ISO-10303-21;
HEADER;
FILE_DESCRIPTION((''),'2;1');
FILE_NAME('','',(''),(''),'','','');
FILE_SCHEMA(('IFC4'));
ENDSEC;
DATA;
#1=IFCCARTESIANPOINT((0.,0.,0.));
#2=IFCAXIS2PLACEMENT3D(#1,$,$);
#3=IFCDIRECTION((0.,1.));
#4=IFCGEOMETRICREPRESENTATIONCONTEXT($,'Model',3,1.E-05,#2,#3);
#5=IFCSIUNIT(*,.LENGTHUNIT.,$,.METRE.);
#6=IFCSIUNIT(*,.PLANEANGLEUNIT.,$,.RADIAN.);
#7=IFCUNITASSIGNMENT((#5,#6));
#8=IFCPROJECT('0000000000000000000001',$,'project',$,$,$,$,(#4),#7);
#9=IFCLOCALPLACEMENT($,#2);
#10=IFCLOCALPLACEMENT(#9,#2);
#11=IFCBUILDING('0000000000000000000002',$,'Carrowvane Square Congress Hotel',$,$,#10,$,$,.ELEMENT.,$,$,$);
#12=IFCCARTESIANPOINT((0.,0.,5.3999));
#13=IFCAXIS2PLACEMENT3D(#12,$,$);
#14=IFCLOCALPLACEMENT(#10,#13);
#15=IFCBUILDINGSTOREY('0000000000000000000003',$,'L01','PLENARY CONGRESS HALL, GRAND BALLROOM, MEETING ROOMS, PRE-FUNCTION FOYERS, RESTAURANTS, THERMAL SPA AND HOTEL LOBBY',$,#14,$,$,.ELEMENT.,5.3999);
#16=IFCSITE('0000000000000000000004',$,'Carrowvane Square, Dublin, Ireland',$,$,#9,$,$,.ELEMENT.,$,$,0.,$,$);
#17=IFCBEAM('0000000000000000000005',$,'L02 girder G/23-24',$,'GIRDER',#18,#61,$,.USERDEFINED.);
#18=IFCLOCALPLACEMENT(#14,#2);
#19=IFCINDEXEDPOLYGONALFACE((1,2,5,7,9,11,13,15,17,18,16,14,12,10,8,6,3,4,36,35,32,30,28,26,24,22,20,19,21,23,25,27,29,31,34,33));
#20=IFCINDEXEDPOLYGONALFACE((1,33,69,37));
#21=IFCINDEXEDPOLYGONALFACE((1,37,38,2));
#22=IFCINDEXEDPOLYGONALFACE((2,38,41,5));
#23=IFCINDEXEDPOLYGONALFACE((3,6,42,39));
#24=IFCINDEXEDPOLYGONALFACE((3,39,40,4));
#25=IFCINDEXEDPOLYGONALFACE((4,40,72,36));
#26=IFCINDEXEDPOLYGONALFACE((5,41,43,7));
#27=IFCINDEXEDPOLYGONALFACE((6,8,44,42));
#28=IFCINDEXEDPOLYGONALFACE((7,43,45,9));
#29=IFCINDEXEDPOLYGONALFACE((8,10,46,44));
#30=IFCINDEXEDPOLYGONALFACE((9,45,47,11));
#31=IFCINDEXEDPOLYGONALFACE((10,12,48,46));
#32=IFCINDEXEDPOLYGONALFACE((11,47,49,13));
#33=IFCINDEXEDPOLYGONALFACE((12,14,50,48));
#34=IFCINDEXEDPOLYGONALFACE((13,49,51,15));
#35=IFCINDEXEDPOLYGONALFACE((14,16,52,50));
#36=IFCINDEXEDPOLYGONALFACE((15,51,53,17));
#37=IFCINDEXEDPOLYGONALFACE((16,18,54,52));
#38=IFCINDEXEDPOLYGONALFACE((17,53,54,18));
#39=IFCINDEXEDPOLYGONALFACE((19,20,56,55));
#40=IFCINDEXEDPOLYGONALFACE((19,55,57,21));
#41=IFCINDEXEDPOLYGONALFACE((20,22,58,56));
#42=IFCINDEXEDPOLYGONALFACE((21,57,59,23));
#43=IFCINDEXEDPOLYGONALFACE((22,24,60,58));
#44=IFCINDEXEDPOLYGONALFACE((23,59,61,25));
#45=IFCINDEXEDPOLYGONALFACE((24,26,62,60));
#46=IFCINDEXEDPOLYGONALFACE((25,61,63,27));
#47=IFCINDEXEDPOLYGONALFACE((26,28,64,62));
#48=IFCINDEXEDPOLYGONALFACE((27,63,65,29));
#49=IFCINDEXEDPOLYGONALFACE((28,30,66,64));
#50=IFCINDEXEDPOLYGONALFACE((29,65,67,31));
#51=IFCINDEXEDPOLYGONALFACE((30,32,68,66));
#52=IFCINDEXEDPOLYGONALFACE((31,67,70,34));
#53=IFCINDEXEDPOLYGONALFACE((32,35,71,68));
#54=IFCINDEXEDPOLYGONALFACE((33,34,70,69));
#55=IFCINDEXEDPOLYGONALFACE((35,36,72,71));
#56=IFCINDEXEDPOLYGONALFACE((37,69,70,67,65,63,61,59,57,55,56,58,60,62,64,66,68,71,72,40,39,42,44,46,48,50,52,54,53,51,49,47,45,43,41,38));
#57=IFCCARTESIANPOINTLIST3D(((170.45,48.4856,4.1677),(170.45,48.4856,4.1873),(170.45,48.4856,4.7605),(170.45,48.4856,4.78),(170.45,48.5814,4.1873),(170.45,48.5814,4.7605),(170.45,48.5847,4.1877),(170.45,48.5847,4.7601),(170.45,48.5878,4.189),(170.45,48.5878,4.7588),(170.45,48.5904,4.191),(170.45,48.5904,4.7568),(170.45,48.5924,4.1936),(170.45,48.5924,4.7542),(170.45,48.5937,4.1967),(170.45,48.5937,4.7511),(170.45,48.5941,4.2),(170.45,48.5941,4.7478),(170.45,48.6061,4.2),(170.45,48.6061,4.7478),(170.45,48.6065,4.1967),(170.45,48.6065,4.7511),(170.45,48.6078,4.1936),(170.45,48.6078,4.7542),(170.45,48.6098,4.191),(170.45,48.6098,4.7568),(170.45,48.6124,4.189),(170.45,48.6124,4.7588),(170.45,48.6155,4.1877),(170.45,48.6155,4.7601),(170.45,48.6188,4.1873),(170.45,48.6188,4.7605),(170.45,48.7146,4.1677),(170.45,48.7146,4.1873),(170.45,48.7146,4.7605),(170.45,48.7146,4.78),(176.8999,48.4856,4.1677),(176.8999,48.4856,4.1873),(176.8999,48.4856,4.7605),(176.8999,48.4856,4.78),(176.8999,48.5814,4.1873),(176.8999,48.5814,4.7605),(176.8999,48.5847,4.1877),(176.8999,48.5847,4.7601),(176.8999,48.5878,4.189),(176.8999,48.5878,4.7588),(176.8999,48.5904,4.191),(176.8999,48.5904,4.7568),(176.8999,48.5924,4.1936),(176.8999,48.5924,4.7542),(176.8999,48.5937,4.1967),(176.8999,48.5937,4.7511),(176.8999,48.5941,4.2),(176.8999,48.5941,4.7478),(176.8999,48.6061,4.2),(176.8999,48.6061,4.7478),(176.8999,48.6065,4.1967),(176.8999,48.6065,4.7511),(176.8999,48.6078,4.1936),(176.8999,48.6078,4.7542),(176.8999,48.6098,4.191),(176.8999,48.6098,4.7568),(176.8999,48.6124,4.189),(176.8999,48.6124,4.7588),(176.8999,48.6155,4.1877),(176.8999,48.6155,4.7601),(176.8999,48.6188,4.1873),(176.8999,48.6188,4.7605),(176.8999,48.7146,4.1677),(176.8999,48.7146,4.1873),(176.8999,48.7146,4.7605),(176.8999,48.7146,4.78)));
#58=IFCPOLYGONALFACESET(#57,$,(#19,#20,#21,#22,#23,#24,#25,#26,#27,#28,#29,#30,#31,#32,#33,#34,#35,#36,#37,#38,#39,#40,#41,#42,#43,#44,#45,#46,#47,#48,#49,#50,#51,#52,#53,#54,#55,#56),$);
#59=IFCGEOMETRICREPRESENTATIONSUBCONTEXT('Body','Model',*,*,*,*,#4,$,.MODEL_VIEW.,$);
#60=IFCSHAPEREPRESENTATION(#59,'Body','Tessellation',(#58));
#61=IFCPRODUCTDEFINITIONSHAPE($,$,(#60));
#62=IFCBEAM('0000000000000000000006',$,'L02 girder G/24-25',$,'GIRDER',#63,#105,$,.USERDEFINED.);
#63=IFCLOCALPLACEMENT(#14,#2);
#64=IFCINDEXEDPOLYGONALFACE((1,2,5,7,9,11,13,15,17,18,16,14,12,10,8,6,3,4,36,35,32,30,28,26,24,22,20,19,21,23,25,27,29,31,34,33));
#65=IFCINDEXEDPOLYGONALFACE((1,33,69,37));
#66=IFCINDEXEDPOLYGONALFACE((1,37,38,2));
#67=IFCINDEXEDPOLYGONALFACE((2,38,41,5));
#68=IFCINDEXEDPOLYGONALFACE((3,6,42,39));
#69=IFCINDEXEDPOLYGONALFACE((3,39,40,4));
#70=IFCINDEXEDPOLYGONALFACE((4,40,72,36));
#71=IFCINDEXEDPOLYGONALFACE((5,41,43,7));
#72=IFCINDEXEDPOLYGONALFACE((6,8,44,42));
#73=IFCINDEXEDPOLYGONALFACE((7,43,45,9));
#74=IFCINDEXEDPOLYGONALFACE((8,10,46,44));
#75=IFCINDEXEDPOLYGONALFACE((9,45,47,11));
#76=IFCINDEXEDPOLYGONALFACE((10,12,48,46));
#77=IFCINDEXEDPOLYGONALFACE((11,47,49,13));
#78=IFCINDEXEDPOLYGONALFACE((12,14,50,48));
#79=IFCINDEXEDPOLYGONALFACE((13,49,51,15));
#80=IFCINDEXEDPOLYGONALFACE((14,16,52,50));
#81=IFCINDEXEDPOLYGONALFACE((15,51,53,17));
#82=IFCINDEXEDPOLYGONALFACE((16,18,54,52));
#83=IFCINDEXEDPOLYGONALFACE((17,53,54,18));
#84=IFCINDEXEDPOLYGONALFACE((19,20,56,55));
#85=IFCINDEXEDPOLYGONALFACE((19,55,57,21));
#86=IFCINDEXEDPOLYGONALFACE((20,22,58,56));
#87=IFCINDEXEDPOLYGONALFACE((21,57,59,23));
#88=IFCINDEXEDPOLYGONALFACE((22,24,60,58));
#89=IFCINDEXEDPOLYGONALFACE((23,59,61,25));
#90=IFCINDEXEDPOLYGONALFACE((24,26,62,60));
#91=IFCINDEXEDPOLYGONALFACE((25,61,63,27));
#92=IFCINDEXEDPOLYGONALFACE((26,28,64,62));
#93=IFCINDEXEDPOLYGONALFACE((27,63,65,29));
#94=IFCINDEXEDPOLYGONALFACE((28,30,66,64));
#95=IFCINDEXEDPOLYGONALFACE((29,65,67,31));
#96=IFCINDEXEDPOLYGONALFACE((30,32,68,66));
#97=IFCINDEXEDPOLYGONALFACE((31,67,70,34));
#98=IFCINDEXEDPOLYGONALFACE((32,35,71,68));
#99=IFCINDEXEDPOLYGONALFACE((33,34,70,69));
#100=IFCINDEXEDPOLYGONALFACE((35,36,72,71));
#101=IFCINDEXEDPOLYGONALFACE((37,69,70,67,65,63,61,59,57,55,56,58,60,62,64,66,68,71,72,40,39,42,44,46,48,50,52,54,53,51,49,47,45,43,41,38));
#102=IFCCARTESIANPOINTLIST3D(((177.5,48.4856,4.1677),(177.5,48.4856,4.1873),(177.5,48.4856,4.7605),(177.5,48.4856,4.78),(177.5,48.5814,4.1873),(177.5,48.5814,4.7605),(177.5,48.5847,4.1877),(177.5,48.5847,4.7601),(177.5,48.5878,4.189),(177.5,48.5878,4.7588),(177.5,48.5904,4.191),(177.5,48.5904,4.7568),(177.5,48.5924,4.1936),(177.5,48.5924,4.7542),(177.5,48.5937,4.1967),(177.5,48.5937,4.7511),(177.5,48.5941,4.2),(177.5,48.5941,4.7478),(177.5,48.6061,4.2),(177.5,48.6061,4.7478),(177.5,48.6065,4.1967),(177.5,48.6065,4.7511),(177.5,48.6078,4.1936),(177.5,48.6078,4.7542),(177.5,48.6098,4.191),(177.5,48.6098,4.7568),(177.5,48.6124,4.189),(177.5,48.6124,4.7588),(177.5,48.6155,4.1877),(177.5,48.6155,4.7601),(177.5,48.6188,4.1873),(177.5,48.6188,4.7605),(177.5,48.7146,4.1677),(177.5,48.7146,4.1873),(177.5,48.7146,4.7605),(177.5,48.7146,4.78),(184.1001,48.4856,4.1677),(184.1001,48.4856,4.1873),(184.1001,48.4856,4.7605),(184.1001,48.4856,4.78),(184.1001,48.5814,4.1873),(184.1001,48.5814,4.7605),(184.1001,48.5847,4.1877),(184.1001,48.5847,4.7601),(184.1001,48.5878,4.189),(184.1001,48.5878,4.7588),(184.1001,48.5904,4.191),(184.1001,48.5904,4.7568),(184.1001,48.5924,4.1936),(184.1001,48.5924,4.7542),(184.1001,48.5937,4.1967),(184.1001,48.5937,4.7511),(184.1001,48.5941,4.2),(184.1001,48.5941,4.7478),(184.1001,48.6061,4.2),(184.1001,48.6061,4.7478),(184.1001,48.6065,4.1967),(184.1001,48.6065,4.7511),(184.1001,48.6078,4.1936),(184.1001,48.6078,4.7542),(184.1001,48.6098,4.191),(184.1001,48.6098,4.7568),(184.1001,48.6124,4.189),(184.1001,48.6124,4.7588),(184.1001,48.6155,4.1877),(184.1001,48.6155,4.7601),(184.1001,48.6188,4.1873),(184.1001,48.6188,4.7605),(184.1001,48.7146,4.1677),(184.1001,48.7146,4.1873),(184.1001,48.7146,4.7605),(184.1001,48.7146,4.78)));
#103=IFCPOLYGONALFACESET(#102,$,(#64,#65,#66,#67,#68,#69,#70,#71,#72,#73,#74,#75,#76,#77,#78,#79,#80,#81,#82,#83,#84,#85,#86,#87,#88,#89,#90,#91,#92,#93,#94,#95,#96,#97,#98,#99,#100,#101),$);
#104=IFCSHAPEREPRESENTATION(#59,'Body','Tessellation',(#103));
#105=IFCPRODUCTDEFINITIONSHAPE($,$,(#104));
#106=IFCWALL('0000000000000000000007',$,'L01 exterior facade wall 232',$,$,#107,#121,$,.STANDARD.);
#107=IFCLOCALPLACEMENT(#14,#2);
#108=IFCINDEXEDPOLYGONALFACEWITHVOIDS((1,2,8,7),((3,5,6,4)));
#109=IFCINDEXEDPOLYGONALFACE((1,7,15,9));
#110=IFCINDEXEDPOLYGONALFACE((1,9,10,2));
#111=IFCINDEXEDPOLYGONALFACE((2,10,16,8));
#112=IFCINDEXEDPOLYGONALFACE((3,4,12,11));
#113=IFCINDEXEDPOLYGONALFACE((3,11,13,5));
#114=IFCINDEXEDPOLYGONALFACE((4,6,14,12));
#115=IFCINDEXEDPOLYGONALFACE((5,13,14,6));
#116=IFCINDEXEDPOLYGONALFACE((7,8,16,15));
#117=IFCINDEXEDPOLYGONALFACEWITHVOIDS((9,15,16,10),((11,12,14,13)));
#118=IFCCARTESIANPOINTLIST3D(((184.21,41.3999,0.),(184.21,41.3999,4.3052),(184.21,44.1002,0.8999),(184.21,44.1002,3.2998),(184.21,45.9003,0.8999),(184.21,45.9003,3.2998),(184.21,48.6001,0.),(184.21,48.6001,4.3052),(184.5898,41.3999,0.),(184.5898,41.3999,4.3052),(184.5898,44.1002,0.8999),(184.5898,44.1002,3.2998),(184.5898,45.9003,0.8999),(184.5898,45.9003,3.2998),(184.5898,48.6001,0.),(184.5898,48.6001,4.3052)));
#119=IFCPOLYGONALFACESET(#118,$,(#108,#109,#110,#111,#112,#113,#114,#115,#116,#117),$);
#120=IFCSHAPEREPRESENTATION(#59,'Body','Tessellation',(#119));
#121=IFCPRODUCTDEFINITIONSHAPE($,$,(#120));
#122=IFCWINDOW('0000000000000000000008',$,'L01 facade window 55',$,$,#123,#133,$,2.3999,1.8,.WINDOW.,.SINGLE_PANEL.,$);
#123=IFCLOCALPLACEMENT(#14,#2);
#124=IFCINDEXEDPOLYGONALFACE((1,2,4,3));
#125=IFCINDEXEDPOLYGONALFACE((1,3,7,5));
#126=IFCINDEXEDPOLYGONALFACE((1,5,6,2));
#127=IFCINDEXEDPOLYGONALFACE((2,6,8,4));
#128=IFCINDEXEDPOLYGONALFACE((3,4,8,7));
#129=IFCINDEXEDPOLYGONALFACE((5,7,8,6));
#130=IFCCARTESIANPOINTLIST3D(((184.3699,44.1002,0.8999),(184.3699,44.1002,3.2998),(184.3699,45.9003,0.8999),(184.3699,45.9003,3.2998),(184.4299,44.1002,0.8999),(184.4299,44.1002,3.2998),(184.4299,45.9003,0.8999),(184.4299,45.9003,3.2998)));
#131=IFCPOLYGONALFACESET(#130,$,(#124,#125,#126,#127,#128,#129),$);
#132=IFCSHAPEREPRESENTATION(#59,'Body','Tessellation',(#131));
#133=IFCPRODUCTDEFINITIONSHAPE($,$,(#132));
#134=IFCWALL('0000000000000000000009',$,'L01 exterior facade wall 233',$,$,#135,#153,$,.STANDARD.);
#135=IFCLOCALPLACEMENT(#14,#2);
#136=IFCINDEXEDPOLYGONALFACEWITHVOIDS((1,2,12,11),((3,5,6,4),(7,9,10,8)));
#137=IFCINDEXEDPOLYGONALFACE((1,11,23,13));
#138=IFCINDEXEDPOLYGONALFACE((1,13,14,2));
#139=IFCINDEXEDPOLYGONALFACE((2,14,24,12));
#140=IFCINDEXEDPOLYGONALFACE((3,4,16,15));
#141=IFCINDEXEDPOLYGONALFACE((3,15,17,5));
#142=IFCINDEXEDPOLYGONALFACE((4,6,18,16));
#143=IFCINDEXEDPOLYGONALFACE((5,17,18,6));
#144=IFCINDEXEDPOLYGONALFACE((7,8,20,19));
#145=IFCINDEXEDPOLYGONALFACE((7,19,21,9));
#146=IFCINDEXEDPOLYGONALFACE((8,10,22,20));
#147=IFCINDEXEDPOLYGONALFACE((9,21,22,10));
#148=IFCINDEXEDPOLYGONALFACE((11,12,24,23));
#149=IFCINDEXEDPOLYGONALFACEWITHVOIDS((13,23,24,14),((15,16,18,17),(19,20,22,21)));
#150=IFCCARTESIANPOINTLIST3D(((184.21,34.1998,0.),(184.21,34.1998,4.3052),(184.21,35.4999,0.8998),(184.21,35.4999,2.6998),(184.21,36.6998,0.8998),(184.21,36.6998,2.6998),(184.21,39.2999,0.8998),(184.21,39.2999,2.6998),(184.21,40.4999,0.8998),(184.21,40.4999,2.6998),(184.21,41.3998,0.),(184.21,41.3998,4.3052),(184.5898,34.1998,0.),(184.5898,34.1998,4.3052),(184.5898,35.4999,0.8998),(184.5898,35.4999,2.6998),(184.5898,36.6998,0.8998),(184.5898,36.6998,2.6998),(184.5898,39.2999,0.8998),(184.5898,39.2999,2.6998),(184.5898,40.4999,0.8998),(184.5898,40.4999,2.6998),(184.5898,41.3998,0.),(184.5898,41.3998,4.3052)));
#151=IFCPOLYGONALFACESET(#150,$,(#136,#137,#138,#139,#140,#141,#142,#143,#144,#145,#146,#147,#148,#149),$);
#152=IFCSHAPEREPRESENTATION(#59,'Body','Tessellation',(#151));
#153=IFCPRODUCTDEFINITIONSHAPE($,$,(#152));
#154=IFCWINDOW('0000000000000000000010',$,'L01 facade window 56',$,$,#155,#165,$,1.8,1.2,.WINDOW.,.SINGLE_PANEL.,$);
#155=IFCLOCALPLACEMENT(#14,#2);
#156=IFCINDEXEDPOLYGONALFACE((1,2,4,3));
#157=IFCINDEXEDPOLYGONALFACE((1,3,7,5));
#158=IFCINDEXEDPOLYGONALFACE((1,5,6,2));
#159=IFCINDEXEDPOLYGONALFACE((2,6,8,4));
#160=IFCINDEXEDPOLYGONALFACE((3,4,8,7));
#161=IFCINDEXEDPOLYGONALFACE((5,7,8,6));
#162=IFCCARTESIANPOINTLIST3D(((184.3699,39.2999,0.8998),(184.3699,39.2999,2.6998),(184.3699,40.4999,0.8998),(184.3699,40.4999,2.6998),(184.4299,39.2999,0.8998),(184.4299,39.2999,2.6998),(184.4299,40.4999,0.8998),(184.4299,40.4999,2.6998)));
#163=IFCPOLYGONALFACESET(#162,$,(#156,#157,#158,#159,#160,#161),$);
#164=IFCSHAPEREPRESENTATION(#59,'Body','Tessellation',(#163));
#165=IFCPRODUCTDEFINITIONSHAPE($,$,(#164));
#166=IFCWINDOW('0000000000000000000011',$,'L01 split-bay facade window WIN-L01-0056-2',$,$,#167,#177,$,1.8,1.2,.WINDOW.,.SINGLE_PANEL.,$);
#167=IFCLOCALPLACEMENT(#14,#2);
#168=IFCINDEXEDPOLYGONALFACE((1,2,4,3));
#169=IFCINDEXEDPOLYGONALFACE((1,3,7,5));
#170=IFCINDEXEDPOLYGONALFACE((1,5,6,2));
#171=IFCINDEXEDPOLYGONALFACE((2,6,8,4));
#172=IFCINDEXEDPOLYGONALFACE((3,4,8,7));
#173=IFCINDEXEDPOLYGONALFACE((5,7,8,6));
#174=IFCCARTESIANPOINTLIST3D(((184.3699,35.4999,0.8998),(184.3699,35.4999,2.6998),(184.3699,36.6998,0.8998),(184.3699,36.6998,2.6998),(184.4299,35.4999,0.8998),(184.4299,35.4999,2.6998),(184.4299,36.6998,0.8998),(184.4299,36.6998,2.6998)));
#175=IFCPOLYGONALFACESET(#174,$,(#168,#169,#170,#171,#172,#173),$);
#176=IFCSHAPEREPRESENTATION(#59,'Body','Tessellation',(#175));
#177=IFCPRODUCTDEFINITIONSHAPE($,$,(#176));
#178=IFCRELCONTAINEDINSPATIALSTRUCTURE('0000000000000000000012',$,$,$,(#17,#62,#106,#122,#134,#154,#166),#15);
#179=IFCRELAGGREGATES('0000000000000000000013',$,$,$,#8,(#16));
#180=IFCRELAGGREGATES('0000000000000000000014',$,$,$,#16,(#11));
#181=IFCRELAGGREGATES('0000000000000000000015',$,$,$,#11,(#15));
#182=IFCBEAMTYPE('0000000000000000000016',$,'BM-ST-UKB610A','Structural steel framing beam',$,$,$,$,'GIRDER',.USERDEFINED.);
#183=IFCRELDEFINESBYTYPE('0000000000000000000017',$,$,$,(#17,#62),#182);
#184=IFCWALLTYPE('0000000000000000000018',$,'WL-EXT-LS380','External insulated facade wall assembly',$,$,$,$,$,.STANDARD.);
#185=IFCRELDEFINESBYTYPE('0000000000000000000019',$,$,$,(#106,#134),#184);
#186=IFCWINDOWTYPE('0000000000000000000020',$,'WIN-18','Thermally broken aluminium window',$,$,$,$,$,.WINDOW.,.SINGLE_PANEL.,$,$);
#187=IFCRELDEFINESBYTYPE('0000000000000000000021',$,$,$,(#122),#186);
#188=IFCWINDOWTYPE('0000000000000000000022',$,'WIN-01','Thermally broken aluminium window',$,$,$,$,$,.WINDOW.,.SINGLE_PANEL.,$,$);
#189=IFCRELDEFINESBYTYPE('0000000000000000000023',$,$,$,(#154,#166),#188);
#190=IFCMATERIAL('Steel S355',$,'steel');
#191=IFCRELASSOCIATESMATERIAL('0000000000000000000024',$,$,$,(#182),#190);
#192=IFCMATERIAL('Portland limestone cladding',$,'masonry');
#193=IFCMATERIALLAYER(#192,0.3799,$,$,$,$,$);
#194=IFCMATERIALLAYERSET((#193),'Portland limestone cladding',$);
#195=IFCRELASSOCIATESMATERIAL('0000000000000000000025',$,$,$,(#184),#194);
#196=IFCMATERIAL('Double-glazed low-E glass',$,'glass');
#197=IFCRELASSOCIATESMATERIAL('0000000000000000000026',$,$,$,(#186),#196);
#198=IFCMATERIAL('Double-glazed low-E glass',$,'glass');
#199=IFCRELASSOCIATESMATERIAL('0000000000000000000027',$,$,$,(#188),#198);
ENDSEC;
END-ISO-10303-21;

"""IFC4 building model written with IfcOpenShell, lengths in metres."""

from ifc_helpers import new_model, si_unit, direction, frame, frame_2d, origin, origin_2d, place, context, subcontext, project, spatial, rectangle, i_section, extrude, material, layer, layer_set, material_profile, profile_set, type_object, element, fill, save


model = new_model("IFC4")

# Units and contexts
model_context = context("Model", 3, precision=1e-05, world=origin(), true_north=direction((0.0, 1.0)))
body_context = subcontext(model_context, "Body", "Model", "MODEL_VIEW")
ifc_project = project(units=[si_unit("LENGTHUNIT", "METRE"), si_unit("PLANEANGLEUNIT", "RADIAN")], contexts=[model_context])

# Site, building, storey
site_placement = place(None, origin())
site = spatial("IfcSite", under=ifc_project, at=site_placement, Name="Carrowvane Square, Dublin, Ireland", CompositionType="ELEMENT", RefElevation=0.0)
building_placement = place(site_placement, origin())
building = spatial("IfcBuilding", under=site, at=building_placement, Name="Carrowvane Square Congress Hotel", CompositionType="ELEMENT")
storey_placement = place(building_placement, frame((0.0, 0.0, 5.3999)))
storey = spatial("IfcBuildingStorey", under=building, at=storey_placement, Name="L01", Description="PLENARY CONGRESS HALL, GRAND BALLROOM, MEETING ROOMS, PRE-FUNCTION FOYERS, RESTAURANTS, THERMAL SPA AND HOTEL LOBBY", CompositionType="ELEMENT", Elevation=5.3999)

# Beams
ifc_material_1 = material(Name="Steel S355", Category="steel")
ifc_material_profile_1 = material_profile(ifc_material_1, i_section(OverallWidth=0.229, OverallDepth=0.6123, WebThickness=0.012, FlangeThickness=0.0195, FilletRadius=0.0127, at=origin_2d()), Name="UKB 610x229x125")
ifc_profile_set_1 = profile_set([ifc_material_profile_1], Name="Steel S355")
beam_type_1 = type_object("IfcBeamType", Name="BM-ST-UKB610A", Description="Structural steel framing beam", ElementType="GIRDER", PredefinedType="USERDEFINED", material=ifc_profile_set_1)
beam_1_placement = place(storey_placement, frame((170.45, 48.6001, 4.4739), z_axis=(1.0, 0.0, 0.0), x_axis=(0.0, 1.0, 0.0)))
element("IfcBeam", 1, at=beam_1_placement, inside=storey, type_object=beam_type_1, Name="L02 girder G/23-24", ObjectType="GIRDER", PredefinedType="USERDEFINED", context=body_context, shape_type="SweptSolid", body=[
    extrude(i_section(OverallWidth=0.229, OverallDepth=0.6123, WebThickness=0.012, FlangeThickness=0.0195, FilletRadius=0.0127, at=origin_2d()), origin(), (0.0, 0.0, 1.0), 6.45),
])
beam_2_placement = place(storey_placement, frame((177.5, 48.6001, 4.4739), z_axis=(1.0, 0.0, 0.0), x_axis=(0.0, 1.0, 0.0)))
element("IfcBeam", 2, at=beam_2_placement, inside=storey, type_object=beam_type_1, Name="L02 girder G/24-25", ObjectType="GIRDER", PredefinedType="USERDEFINED", context=body_context, shape_type="SweptSolid", body=[
    extrude(i_section(OverallWidth=0.229, OverallDepth=0.6123, WebThickness=0.012, FlangeThickness=0.0195, FilletRadius=0.0127, at=origin_2d()), origin(), (0.0, 0.0, 1.0), 6.6001),
])

# Wall, opening, window
ifc_material_2 = material(Name="Portland limestone cladding", Category="masonry")
ifc_layer_1 = layer(ifc_material_2, 0.3799)
ifc_layer_set_1 = layer_set([ifc_layer_1], Name="Portland limestone cladding")
wall_type_1 = type_object("IfcWallType", Name="WL-EXT-LS380", Description="External insulated facade wall assembly", PredefinedType="STANDARD", material=ifc_layer_set_1)
wall_1_placement = place(storey_placement, frame((184.3999, 48.6001, 0.0), z_axis=(0.0, 0.0, 1.0), x_axis=(0.0, -1.0, 0.0)))
wall_1 = element("IfcWall", 3, at=wall_1_placement, inside=storey, type_object=wall_type_1, Name="L01 exterior facade wall 232", PredefinedType="STANDARD", context=body_context, shape_type="SweptSolid", body=[
    extrude(rectangle(XDim=7.2002, YDim=0.3799, at=frame_2d((3.6001, 0.0))), origin(), (0.0, 0.0, 1.0), 4.3052),
])
opening_1_placement = place(wall_1_placement, frame((2.7, 0.0, 0.8999)))
opening_1 = element("IfcOpeningElement", 4, at=opening_1_placement, cuts=wall_1, PredefinedType="OPENING", context=body_context, shape_type="SweptSolid", body=[
    extrude(rectangle(XDim=1.8, YDim=2.3999, at=frame_2d((0.8999, 1.2))), frame((0.0, 0.2, 0.0), z_axis=(0.0, -1.0, 0.0), x_axis=(1.0, 0.0, 0.0)), (0.0, 0.0, 1.0), 0.3999),
])
ifc_material_3 = material(Name="Double-glazed low-E glass", Category="glass")
window_type_1 = type_object("IfcWindowType", Name="WIN-18", Description="Thermally broken aluminium window", PartitioningType="SINGLE_PANEL", PredefinedType="WINDOW", material=ifc_material_3)
window_1_placement = place(opening_1_placement, origin())
window_1 = element("IfcWindow", 5, at=window_1_placement, inside=storey, type_object=window_type_1, Name="L01 facade window 55", OverallHeight=2.3999, OverallWidth=1.8, PartitioningType="SINGLE_PANEL", PredefinedType="WINDOW", context=body_context, shape_type="SweptSolid", body=[
    extrude(rectangle(XDim=1.8, YDim=2.3999, at=frame_2d((0.8999, 1.2))), frame((0.0, 0.03, 0.0), z_axis=(0.0, -1.0, 0.0), x_axis=(1.0, 0.0, 0.0)), (0.0, 0.0, 1.0), 0.0601),
])
fill(opening_1, window_1)

# Wall, openings, windows
wall_2_placement = place(storey_placement, frame((184.3999, 41.3999, 0.0), z_axis=(0.0, 0.0, 1.0), x_axis=(0.0, -1.0, 0.0)))
wall_2 = element("IfcWall", 6, at=wall_2_placement, inside=storey, type_object=wall_type_1, Name="L01 exterior facade wall 233", PredefinedType="STANDARD", context=body_context, shape_type="SweptSolid", body=[
    extrude(rectangle(XDim=7.2, YDim=0.3799, at=frame_2d((3.6001, 0.0))), origin(), (0.0, 0.0, 1.0), 4.3052),
])
opening_2_placement = place(wall_2_placement, frame((0.8999, 0.0, 0.8999)))
opening_2 = element("IfcOpeningElement", 7, at=opening_2_placement, cuts=wall_2, PredefinedType="OPENING", context=body_context, shape_type="SweptSolid", body=[
    extrude(rectangle(XDim=1.2, YDim=1.8, at=frame_2d((0.6001, 0.8999))), frame((0.0, 0.2, 0.0), z_axis=(0.0, -1.0, 0.0), x_axis=(1.0, 0.0, 0.0)), (0.0, 0.0, 1.0), 0.3999),
])
opening_3_placement = place(wall_2_placement, frame((4.7, 0.0, 0.8999)))
opening_3 = element("IfcOpeningElement", 8, at=opening_3_placement, cuts=wall_2, PredefinedType="OPENING", context=body_context, shape_type="SweptSolid", body=[
    extrude(rectangle(XDim=1.2, YDim=1.8, at=frame_2d((0.6001, 0.8999))), frame((0.0, 0.2, 0.0), z_axis=(0.0, -1.0, 0.0), x_axis=(1.0, 0.0, 0.0)), (0.0, 0.0, 1.0), 0.3999),
])
ifc_material_4 = material(Name="Double-glazed low-E glass", Category="glass")
window_type_2 = type_object("IfcWindowType", Name="WIN-01", Description="Thermally broken aluminium window", PartitioningType="SINGLE_PANEL", PredefinedType="WINDOW", material=ifc_material_4)
window_2_placement = place(opening_2_placement, origin())
window_2 = element("IfcWindow", 9, at=window_2_placement, inside=storey, type_object=window_type_2, Name="L01 facade window 56", OverallHeight=1.8, OverallWidth=1.2, PartitioningType="SINGLE_PANEL", PredefinedType="WINDOW", context=body_context, shape_type="SweptSolid", body=[
    extrude(rectangle(XDim=1.2, YDim=1.8, at=frame_2d((0.6001, 0.8999))), frame((0.0, 0.03, 0.0), z_axis=(0.0, -1.0, 0.0), x_axis=(1.0, 0.0, 0.0)), (0.0, 0.0, 1.0), 0.0601),
])
fill(opening_2, window_2)
window_3_placement = place(opening_3_placement, origin())
window_3 = element("IfcWindow", 10, at=window_3_placement, inside=storey, type_object=window_type_2, Name="L01 split-bay facade window WIN-L01-0056-2", OverallHeight=1.8, OverallWidth=1.2, PartitioningType="SINGLE_PANEL", PredefinedType="WINDOW", context=body_context, shape_type="SweptSolid", body=[
    extrude(rectangle(XDim=1.2, YDim=1.8, at=frame_2d((0.6001, 0.8999))), frame((0.0, 0.03, 0.0), z_axis=(0.0, -1.0, 0.0), x_axis=(1.0, 0.0, 0.0)), (0.0, 0.0, 1.0), 0.0601),
])
fill(opening_3, window_3)

save(model, "model.ifc")
